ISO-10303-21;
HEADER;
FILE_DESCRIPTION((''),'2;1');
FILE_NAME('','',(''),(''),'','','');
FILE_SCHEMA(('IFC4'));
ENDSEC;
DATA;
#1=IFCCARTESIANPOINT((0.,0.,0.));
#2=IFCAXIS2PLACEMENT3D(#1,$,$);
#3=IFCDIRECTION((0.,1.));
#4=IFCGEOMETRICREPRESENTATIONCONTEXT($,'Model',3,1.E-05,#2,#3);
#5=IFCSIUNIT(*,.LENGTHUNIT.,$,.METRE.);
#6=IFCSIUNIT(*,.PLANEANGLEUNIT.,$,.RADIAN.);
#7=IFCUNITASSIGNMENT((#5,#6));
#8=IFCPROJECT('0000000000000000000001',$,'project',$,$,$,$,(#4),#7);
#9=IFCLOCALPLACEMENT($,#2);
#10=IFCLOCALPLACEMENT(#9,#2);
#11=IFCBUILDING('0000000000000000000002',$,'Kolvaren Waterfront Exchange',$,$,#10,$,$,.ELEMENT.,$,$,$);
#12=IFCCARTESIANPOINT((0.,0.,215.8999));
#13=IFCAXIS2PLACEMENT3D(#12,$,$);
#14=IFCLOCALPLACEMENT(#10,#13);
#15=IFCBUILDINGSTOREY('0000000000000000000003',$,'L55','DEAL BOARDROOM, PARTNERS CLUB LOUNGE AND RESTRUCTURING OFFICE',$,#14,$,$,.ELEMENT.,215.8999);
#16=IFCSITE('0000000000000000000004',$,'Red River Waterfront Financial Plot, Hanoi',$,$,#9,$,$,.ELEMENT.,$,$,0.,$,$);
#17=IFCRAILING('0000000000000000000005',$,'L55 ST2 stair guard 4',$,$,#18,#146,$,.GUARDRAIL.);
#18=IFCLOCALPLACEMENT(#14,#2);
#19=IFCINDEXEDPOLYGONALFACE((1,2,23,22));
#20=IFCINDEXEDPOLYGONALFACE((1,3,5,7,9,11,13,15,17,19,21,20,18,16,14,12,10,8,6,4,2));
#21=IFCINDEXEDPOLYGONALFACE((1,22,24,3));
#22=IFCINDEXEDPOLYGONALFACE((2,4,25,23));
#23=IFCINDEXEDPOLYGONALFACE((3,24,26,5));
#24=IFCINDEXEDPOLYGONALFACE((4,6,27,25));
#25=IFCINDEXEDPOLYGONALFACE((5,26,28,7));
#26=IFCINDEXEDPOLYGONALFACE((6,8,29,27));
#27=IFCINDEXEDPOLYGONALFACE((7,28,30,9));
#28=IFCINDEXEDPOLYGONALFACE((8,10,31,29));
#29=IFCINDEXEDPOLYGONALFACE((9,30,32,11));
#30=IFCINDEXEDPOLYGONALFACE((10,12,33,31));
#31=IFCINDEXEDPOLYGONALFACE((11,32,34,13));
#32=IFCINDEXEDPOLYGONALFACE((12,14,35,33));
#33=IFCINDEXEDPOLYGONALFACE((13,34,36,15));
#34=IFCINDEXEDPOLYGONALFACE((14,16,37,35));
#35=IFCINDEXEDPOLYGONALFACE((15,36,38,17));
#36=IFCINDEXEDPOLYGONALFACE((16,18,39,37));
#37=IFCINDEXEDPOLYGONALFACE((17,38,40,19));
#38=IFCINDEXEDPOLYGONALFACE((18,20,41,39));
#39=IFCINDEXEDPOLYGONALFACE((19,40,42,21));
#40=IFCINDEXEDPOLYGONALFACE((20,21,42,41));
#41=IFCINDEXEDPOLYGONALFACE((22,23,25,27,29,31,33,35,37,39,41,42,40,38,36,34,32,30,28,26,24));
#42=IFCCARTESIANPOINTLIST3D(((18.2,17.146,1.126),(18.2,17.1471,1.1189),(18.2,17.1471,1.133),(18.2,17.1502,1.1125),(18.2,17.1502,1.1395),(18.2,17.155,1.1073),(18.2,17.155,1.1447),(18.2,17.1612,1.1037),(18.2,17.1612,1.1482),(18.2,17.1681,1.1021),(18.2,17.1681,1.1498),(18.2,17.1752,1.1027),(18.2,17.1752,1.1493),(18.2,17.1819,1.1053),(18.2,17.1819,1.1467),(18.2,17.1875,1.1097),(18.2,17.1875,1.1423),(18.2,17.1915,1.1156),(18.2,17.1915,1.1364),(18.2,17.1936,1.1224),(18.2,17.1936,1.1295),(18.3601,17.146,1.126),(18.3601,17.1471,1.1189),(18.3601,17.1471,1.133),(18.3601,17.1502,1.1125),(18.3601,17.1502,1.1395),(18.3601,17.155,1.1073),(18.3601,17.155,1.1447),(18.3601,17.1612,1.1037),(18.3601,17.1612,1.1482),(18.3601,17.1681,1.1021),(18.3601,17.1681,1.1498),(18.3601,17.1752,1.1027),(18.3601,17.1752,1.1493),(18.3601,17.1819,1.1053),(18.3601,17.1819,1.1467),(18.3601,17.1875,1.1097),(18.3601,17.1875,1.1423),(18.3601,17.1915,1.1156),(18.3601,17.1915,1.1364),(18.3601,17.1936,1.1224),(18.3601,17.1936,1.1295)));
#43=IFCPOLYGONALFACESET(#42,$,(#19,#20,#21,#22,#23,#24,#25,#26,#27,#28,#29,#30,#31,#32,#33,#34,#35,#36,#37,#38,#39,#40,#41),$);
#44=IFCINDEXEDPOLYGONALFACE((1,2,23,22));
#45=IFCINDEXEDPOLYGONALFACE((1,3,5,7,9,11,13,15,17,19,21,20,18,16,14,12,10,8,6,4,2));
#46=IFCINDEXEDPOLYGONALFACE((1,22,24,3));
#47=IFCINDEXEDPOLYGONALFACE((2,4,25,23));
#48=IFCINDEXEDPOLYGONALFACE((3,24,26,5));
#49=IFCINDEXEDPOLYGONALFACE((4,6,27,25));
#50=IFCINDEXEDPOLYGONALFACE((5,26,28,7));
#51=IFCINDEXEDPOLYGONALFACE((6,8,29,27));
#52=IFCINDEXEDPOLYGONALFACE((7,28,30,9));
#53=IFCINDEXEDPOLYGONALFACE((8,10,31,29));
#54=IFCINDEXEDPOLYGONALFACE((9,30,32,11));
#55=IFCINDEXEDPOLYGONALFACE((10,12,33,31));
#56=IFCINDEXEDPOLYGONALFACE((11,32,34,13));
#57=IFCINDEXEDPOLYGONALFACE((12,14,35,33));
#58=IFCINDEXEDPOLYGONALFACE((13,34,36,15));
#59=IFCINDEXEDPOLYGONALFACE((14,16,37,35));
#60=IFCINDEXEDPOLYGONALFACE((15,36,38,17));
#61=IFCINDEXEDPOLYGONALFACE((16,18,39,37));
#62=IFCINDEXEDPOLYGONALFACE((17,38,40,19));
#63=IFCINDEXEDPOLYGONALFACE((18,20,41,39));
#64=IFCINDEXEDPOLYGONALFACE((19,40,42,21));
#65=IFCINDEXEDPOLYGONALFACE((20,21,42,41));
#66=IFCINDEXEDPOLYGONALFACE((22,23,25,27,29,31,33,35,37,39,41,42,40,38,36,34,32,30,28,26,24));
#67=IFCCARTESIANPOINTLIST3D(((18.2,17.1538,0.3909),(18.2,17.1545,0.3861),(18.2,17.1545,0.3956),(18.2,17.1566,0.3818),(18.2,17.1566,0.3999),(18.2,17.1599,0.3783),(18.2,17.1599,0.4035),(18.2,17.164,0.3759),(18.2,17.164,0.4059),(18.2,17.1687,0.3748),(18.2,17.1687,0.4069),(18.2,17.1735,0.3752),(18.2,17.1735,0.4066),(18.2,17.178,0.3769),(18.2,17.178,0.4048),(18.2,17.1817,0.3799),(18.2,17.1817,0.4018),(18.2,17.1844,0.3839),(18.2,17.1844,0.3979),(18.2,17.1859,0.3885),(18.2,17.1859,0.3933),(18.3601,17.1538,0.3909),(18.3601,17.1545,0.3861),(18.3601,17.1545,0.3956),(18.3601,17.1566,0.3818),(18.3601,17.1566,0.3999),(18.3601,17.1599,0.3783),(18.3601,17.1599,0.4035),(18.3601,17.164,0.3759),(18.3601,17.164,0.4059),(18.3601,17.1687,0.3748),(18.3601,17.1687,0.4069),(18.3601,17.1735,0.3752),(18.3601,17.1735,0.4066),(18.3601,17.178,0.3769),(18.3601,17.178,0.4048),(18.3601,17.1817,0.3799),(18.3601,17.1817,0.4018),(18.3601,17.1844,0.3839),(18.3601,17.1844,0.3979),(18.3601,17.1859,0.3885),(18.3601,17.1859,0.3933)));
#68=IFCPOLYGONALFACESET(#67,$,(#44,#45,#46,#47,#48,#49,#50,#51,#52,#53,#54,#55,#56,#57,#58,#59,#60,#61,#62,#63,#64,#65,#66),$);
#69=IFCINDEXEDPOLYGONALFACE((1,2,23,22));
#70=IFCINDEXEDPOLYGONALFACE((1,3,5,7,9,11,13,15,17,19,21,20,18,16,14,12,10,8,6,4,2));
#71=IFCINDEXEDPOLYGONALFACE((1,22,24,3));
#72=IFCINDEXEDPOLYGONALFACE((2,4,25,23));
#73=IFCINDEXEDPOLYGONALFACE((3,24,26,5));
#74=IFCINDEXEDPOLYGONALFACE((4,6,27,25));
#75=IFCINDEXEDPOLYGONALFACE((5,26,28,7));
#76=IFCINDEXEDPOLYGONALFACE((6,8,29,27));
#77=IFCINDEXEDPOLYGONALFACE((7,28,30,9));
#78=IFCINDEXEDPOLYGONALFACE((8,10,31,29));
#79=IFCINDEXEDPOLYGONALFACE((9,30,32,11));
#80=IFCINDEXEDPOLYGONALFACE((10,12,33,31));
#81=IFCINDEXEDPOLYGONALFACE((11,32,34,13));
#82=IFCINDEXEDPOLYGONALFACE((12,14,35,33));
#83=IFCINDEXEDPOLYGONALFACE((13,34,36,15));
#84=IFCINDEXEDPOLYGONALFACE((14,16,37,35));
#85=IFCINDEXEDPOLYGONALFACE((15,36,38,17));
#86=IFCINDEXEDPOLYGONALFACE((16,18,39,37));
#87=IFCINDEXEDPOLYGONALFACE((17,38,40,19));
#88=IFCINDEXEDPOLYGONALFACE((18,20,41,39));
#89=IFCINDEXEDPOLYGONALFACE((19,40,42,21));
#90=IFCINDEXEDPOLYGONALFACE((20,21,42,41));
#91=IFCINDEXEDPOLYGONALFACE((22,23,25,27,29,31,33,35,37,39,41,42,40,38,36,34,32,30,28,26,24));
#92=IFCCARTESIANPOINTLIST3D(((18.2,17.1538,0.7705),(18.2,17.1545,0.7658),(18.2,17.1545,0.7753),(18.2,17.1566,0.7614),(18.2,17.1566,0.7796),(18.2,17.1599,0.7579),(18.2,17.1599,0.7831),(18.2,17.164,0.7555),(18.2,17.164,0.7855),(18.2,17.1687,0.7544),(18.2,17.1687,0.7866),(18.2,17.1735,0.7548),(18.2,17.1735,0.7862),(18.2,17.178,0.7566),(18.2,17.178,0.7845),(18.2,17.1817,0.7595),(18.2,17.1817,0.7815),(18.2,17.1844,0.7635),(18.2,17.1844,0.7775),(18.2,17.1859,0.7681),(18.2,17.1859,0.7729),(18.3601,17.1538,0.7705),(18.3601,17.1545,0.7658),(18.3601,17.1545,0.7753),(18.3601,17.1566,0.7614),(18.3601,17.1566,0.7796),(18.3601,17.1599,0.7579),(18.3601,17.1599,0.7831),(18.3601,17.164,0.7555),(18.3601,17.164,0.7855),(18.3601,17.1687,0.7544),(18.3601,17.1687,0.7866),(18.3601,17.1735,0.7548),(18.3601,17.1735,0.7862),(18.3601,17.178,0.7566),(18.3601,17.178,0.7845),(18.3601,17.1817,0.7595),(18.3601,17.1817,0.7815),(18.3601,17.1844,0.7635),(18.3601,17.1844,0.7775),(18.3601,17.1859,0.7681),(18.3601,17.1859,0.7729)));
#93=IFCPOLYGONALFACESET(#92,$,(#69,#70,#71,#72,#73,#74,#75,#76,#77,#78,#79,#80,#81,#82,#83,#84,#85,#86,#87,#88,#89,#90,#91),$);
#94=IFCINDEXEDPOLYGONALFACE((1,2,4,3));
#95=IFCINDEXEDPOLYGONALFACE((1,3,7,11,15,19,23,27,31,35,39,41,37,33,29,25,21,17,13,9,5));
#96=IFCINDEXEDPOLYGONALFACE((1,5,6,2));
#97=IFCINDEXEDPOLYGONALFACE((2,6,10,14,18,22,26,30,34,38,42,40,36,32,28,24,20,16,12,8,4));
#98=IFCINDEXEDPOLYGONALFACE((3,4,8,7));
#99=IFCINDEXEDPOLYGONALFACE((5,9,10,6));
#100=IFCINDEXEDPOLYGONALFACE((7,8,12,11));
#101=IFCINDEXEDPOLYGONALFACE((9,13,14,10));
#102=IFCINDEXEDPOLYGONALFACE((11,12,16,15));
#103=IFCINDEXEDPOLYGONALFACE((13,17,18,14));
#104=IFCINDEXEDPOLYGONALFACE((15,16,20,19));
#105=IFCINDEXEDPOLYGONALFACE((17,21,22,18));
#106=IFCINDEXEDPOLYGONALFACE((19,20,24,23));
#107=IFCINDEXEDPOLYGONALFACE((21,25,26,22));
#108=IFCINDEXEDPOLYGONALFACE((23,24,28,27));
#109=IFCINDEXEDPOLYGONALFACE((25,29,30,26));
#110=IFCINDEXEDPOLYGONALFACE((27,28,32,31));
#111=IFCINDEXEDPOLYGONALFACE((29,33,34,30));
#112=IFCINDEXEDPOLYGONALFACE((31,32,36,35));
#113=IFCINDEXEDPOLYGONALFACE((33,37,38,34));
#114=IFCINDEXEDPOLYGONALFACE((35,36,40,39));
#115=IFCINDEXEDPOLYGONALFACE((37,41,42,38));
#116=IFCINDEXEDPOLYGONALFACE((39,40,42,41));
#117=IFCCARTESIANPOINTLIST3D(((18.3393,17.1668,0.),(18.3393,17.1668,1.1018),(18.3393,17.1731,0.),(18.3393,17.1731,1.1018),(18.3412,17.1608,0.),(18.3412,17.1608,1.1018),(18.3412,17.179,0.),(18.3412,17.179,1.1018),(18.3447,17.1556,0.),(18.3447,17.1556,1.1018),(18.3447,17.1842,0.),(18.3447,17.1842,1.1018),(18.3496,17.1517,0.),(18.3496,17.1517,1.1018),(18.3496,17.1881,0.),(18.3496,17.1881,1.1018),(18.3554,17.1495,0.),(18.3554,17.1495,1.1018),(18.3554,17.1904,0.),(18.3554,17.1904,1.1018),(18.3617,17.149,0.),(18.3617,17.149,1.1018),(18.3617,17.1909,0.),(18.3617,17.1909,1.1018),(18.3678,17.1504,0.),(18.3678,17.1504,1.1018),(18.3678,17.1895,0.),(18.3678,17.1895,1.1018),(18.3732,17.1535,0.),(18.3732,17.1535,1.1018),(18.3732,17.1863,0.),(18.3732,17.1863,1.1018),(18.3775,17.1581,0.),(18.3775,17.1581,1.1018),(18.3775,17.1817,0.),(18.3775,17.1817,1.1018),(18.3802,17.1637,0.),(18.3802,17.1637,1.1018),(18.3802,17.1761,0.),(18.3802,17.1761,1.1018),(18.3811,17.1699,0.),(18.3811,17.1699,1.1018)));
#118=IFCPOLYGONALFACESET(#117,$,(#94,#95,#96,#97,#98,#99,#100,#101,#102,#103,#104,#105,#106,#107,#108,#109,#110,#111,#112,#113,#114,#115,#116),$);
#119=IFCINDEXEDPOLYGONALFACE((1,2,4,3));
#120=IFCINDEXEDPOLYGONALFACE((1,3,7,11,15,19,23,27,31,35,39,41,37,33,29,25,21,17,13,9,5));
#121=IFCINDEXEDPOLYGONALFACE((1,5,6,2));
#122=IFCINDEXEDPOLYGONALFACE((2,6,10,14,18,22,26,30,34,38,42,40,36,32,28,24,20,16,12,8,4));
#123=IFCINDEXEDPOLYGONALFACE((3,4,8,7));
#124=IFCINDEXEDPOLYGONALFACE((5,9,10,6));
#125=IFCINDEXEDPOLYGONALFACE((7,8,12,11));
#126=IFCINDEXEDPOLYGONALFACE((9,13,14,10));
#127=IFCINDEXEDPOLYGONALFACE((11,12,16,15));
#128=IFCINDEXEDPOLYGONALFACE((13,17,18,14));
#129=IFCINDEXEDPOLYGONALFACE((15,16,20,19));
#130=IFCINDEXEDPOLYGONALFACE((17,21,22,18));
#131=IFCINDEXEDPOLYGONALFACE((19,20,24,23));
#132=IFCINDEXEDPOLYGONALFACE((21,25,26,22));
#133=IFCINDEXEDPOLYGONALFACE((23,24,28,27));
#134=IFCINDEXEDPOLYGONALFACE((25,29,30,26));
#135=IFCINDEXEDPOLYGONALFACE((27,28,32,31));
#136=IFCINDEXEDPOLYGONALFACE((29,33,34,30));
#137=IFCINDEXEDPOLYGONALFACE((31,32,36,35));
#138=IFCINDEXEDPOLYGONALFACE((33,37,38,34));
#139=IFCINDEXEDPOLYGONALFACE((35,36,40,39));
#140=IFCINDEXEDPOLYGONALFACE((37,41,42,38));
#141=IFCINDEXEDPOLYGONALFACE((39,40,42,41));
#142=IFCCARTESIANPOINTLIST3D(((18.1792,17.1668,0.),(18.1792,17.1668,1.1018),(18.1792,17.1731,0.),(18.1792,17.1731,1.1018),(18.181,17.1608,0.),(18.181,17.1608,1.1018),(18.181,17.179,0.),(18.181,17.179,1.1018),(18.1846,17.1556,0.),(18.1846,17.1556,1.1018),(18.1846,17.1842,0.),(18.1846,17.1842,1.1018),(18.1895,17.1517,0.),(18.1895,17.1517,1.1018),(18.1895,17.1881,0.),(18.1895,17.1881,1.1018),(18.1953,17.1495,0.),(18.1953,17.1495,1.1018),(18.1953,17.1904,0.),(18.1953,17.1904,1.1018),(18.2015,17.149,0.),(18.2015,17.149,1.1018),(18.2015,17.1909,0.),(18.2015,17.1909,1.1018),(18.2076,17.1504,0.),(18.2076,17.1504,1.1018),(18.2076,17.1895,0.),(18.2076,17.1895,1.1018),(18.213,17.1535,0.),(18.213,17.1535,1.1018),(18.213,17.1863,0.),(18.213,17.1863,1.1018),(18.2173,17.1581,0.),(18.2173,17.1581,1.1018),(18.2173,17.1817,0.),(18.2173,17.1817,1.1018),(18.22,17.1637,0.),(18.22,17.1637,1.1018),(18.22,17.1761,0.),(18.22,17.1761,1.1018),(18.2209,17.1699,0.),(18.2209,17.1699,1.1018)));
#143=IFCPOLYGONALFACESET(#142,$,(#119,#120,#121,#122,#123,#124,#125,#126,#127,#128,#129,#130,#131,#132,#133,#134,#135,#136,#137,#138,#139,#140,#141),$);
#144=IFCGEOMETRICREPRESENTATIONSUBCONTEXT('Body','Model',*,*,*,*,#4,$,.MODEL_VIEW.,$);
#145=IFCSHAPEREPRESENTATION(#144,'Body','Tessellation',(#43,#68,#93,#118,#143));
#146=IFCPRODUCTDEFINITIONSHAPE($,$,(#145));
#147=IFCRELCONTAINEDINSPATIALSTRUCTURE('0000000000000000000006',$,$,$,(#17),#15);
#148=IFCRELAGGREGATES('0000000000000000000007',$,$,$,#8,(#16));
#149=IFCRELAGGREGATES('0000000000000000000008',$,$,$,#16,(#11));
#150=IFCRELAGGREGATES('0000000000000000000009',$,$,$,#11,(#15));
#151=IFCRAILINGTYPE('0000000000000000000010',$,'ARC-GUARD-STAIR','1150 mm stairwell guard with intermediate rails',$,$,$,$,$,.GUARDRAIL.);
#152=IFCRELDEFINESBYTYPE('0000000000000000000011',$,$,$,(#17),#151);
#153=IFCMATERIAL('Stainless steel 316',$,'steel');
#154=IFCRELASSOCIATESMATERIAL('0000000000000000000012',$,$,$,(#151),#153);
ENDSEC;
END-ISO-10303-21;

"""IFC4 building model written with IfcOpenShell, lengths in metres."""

from ifc_helpers import new_model, si_unit, direction, frame, origin, origin_2d, place, context, subcontext, project, spatial, circle, extrude, material, type_object, element, save


model = new_model("IFC4")

# Units and contexts
model_context = context("Model", 3, precision=1e-05, world=origin(), true_north=direction((0.0, 1.0)))
body_context = subcontext(model_context, "Body", "Model", "MODEL_VIEW")
ifc_project = project(units=[si_unit("LENGTHUNIT", "METRE"), si_unit("PLANEANGLEUNIT", "RADIAN")], contexts=[model_context])

# Site, building, storey
site_placement = place(None, origin())
site = spatial("IfcSite", under=ifc_project, at=site_placement, Name="Red River Waterfront Financial Plot, Hanoi", CompositionType="ELEMENT", RefElevation=0.0)
building_placement = place(site_placement, origin())
building = spatial("IfcBuilding", under=site, at=building_placement, Name="Kolvaren Waterfront Exchange", CompositionType="ELEMENT")
storey_placement = place(building_placement, frame((0.0, 0.0, 215.8999)))
storey = spatial("IfcBuildingStorey", under=building, at=storey_placement, Name="L55", Description="DEAL BOARDROOM, PARTNERS CLUB LOUNGE AND RESTRUCTURING OFFICE", CompositionType="ELEMENT", Elevation=215.8999)

# Railing
ifc_material_1 = material(Name="Stainless steel 316", Category="steel")
railing_type_1 = type_object("IfcRailingType", Name="ARC-GUARD-STAIR", Description="1150 mm stairwell guard with intermediate rails", PredefinedType="GUARDRAIL", material=ifc_material_1)
railing_1_placement = place(storey_placement, frame((18.3601, 17.1699, 0.0)))
element("IfcRailing", 1, at=railing_1_placement, inside=storey, type_object=railing_type_1, Name="L55 ST2 stair guard 4", PredefinedType="GUARDRAIL", context=body_context, shape_type="SweptSolid", body=[
    extrude(circle(Radius=0.0239, at=origin_2d()), frame((0.0, 0.0, 1.126), z_axis=(-1.0, 0.0, 0.0), x_axis=(0.0, -1.0, 0.0)), (0.0, 0.0, 1.0), 0.1602),
    extrude(circle(Radius=0.0161, at=origin_2d()), frame((0.0, 0.0, 0.3909), z_axis=(-1.0, 0.0, 0.0), x_axis=(0.0, -1.0, 0.0)), (0.0, 0.0, 1.0), 0.1602),
    extrude(circle(Radius=0.0161, at=origin_2d()), frame((0.0, 0.0, 0.7705), z_axis=(-1.0, 0.0, 0.0), x_axis=(0.0, -1.0, 0.0)), (0.0, 0.0, 1.0), 0.1602),
    extrude(circle(Radius=0.021, at=origin_2d()), origin(), (0.0, 0.0, 1.0), 1.1018),
    extrude(circle(Radius=0.021, at=origin_2d()), frame((-0.1602, 0.0, 0.0)), (0.0, 0.0, 1.0), 1.1018),
])

save(model, "model.ifc")
